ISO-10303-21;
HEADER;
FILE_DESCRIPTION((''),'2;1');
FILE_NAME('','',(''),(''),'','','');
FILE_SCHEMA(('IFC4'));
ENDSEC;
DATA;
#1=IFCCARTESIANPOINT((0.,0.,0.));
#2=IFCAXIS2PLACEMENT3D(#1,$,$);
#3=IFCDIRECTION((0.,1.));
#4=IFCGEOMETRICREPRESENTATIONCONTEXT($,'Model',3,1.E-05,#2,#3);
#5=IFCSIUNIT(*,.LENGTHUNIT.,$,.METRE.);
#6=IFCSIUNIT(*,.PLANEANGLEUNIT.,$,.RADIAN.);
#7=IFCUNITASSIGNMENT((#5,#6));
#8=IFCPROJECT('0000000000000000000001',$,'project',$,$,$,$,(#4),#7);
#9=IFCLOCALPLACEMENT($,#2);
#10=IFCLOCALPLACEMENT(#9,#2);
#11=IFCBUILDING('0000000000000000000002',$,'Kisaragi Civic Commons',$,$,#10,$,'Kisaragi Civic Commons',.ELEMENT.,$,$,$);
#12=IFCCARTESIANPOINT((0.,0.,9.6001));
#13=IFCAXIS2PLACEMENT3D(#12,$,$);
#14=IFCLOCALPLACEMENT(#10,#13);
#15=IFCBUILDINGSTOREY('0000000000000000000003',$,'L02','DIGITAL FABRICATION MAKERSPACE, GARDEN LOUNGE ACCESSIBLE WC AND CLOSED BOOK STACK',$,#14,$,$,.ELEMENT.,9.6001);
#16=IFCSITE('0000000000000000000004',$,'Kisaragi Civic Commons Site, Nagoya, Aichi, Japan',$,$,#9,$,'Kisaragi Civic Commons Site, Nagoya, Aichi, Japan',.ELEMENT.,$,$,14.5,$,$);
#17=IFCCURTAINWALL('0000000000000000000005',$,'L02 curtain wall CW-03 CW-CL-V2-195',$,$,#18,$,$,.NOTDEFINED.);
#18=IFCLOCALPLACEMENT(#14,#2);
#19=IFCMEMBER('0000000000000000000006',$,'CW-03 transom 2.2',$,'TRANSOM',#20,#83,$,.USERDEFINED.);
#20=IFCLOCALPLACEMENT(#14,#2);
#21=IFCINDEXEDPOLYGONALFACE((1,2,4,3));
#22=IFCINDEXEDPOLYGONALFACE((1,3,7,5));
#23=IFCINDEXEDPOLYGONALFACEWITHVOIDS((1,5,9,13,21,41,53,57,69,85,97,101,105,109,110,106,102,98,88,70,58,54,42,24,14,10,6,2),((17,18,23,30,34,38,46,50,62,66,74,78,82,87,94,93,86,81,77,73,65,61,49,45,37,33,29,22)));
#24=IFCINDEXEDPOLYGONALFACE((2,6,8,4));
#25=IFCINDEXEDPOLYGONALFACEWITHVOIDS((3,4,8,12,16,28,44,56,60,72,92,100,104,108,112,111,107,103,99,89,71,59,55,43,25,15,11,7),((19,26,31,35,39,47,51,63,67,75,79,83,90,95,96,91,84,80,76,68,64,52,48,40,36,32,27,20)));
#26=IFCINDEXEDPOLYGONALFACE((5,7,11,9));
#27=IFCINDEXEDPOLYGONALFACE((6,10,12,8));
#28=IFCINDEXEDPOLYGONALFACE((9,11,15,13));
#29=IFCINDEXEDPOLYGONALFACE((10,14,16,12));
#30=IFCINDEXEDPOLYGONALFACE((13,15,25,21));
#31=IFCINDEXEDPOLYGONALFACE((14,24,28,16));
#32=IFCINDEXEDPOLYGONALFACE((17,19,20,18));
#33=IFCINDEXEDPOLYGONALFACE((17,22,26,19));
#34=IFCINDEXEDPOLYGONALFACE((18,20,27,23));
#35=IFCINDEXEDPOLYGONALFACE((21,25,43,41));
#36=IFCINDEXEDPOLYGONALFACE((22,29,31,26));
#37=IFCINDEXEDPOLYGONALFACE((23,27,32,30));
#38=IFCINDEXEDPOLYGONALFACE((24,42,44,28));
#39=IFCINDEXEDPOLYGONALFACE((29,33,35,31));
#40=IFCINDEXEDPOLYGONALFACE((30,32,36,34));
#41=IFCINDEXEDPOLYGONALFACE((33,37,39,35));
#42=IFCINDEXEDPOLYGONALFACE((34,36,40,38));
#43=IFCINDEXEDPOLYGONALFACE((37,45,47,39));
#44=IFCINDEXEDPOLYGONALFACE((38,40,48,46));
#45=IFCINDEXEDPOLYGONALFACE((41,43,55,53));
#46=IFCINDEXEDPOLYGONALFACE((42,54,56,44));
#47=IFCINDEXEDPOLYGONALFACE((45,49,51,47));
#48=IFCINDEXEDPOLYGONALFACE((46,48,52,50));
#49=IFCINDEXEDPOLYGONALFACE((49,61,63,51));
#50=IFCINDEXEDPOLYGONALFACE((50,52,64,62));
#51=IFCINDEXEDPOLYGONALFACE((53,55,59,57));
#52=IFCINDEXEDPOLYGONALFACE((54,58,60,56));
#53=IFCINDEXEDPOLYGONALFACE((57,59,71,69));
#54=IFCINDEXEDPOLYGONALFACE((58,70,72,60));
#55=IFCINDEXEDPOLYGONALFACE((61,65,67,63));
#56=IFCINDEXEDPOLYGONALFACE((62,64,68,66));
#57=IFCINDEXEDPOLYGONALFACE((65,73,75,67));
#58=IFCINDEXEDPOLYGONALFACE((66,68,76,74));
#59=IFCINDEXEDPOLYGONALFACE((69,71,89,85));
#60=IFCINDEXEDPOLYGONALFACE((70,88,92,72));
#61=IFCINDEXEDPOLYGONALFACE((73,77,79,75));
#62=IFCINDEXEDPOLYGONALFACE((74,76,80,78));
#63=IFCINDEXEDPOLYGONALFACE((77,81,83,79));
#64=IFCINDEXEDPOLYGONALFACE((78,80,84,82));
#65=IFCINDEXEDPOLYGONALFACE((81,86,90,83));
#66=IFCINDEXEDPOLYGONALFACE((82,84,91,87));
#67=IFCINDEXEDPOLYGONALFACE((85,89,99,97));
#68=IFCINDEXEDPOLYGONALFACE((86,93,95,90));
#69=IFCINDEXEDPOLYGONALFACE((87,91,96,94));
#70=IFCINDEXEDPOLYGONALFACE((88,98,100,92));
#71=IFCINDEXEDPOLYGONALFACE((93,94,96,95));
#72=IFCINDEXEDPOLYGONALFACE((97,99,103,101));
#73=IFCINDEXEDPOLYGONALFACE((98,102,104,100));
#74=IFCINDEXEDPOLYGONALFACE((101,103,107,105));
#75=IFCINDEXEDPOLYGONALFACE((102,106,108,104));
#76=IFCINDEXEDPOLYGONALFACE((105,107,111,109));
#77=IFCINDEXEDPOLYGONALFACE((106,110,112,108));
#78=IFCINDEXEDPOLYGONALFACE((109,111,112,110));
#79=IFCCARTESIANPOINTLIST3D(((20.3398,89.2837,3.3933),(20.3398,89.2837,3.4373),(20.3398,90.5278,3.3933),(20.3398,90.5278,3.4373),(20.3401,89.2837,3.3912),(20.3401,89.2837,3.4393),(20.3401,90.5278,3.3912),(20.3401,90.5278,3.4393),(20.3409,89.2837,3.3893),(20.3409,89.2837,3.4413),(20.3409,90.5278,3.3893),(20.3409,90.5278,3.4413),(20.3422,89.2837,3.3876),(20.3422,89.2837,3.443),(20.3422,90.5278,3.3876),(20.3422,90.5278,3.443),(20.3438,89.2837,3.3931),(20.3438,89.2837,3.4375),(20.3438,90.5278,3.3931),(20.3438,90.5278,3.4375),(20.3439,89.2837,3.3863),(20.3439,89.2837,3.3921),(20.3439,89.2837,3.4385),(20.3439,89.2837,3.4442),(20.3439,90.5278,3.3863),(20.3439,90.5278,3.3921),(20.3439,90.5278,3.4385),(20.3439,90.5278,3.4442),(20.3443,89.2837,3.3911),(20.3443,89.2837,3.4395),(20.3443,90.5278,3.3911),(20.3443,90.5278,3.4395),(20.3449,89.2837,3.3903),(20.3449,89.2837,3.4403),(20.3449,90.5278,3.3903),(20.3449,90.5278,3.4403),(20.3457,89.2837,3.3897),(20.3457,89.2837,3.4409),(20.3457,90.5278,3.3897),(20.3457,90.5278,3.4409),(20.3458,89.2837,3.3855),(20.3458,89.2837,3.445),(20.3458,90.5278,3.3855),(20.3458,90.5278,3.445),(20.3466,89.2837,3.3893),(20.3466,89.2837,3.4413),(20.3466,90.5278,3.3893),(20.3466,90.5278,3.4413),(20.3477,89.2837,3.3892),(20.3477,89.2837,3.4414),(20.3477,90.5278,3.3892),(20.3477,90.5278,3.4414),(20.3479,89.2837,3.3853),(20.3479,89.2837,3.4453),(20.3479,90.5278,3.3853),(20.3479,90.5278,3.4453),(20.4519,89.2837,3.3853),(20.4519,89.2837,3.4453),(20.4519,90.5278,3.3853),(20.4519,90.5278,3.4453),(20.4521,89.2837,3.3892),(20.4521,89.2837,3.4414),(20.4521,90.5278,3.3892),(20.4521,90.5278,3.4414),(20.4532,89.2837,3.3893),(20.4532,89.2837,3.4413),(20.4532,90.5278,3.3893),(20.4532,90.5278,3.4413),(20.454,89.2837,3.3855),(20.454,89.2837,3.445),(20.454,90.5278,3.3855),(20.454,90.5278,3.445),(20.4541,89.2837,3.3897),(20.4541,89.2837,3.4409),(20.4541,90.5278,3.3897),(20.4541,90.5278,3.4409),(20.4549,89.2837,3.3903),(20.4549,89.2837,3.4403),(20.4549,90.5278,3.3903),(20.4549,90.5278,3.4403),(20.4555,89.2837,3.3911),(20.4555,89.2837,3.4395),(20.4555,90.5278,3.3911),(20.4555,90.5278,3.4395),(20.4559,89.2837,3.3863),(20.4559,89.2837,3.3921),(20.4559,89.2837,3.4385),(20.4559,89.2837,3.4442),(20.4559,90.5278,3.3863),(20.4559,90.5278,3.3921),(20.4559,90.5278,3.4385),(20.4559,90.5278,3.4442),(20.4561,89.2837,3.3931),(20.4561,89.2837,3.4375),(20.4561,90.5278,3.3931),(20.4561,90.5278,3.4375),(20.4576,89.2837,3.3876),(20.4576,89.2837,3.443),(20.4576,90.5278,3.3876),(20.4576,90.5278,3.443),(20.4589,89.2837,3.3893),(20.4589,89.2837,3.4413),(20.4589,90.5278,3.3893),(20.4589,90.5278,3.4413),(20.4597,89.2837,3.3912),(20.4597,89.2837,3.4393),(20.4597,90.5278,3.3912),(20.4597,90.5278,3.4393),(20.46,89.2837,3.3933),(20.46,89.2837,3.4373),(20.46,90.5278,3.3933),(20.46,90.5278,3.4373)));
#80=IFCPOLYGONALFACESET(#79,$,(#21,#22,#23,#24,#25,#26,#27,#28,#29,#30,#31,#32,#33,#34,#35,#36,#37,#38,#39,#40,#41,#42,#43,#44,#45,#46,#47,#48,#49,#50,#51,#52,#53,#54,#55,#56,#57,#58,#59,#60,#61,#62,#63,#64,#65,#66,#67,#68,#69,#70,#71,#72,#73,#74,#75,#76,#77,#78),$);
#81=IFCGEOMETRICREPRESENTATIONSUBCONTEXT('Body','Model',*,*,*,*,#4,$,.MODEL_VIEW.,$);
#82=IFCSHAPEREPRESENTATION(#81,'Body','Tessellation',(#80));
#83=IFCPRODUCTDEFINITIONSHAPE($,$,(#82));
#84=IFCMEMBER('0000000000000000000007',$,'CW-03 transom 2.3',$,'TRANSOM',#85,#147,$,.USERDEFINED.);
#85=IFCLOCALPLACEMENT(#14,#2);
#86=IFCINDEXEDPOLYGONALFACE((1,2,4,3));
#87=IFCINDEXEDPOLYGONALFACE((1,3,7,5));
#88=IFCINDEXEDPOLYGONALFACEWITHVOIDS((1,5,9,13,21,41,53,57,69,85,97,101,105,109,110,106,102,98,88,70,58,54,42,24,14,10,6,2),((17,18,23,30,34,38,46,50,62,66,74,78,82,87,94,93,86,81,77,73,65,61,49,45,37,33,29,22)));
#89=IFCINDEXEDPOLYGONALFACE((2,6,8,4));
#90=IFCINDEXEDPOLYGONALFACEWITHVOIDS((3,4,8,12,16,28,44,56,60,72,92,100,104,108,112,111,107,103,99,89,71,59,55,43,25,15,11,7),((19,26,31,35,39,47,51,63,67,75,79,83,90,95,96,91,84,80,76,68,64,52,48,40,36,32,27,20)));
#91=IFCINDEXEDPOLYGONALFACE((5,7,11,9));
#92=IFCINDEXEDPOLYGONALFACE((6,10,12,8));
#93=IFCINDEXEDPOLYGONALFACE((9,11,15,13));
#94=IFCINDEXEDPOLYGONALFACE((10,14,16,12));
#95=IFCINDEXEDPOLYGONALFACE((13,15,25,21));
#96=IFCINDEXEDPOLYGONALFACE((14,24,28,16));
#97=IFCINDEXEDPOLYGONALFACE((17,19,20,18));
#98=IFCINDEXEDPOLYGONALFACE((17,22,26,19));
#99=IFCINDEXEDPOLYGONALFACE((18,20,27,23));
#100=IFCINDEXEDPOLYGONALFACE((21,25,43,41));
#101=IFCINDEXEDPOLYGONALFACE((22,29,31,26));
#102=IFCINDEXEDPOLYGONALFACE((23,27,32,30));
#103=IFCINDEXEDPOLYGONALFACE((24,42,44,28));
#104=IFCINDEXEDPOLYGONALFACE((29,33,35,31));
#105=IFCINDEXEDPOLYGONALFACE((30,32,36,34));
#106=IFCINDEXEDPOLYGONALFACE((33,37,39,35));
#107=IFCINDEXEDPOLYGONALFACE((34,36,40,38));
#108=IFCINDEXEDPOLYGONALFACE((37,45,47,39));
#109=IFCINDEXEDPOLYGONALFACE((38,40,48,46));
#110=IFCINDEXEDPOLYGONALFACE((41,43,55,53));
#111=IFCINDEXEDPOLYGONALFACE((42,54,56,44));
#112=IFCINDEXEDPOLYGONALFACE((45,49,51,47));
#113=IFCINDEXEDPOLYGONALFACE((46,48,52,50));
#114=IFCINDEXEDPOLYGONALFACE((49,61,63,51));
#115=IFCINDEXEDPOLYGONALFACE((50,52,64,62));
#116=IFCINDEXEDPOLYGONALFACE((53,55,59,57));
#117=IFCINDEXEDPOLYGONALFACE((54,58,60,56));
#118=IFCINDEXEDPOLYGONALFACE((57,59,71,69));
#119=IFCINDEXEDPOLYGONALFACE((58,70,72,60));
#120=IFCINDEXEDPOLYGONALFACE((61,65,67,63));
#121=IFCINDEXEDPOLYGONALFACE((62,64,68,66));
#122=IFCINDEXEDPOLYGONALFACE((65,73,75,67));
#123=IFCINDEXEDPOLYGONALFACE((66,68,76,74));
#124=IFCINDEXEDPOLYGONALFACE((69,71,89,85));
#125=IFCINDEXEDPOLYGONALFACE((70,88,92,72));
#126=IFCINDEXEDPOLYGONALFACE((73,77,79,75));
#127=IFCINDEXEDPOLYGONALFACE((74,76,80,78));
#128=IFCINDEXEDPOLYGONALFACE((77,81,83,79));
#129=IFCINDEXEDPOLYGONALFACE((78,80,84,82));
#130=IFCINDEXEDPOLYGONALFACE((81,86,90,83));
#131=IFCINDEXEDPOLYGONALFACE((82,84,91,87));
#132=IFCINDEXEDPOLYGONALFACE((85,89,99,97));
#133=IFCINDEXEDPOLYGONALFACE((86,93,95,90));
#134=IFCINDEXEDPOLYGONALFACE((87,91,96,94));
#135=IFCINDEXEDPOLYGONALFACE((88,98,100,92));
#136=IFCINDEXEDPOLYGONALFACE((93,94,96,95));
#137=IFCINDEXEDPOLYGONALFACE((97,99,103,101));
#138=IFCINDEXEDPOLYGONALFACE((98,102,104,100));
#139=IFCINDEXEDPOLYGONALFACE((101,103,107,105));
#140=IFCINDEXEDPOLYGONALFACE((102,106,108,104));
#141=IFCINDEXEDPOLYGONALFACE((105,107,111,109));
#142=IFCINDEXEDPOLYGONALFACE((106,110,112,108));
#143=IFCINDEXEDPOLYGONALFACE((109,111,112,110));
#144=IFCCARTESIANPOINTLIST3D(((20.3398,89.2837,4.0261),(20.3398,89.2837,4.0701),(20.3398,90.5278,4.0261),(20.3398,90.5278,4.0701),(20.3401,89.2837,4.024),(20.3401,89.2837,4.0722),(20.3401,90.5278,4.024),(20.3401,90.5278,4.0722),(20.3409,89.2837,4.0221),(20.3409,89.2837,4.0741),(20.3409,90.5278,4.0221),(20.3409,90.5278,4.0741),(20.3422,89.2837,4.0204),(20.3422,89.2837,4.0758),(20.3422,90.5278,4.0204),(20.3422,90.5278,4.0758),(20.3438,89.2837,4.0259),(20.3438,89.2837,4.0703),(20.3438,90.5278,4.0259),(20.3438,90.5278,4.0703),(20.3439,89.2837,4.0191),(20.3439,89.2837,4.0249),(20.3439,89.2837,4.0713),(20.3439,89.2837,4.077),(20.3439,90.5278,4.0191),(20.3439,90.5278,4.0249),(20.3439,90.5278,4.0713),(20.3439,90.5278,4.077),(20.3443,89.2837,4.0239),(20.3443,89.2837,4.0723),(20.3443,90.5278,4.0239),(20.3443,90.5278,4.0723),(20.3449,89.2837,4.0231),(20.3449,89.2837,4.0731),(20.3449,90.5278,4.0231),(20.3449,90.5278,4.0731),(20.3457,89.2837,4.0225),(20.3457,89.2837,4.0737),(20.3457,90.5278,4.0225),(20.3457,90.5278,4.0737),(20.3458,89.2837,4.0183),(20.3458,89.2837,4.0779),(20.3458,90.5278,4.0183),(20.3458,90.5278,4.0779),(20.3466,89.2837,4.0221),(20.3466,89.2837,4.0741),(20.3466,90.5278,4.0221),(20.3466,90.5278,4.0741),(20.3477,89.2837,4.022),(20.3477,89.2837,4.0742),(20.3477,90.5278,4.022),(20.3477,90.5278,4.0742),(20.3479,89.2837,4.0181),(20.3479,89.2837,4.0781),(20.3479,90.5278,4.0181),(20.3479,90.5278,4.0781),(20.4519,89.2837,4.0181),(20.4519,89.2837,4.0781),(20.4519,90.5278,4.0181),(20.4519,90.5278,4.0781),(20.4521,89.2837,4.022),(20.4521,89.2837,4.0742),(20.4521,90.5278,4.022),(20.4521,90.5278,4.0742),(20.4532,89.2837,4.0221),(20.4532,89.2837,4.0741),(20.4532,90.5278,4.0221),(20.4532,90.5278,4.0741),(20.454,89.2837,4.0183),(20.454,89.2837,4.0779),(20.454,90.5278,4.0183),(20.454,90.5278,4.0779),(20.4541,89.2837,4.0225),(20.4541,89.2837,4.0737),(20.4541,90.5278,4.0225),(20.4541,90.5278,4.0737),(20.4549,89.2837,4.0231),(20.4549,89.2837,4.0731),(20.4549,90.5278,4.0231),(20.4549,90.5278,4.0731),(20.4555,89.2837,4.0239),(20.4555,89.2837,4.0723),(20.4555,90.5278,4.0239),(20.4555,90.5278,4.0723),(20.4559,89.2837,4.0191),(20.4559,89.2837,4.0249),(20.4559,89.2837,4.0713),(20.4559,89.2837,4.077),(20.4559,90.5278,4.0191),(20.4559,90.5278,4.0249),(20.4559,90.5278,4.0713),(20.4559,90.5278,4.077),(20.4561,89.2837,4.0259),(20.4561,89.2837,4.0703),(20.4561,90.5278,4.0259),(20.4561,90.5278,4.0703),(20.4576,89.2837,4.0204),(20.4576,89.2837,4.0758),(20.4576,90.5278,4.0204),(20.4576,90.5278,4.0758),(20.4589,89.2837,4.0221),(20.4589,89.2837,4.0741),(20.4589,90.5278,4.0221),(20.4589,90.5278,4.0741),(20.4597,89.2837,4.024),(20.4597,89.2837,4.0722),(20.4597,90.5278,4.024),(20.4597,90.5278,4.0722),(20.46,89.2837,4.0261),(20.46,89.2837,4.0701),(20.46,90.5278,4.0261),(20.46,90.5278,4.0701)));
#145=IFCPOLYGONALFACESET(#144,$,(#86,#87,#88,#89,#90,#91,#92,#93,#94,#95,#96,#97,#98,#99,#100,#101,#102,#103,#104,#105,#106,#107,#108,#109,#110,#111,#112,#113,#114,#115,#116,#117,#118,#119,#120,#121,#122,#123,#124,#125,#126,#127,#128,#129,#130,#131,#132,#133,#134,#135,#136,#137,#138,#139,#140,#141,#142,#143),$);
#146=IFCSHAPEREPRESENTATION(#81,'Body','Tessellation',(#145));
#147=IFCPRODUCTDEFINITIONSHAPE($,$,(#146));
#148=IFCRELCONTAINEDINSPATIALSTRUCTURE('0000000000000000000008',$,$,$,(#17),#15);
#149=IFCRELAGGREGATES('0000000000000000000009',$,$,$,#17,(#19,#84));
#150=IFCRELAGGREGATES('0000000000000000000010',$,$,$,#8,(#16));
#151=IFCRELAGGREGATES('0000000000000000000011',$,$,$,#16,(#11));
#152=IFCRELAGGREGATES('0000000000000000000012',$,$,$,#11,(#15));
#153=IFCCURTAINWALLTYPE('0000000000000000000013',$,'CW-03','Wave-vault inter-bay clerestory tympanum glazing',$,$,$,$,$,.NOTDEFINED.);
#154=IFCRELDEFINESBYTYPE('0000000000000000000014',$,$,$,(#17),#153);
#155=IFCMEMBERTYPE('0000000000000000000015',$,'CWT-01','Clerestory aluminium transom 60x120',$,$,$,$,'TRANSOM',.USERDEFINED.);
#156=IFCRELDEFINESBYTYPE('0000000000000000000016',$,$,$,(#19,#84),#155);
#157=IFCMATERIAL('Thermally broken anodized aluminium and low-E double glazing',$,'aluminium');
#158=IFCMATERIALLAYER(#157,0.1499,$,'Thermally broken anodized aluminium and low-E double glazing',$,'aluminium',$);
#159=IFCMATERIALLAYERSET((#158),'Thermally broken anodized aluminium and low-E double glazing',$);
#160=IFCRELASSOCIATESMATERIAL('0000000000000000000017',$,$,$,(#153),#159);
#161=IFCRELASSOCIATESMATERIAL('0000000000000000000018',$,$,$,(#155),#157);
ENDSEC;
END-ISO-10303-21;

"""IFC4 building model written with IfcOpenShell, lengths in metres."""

from ifc_helpers import new_model, si_unit, direction, frame, origin, origin_2d, place, context, subcontext, project, spatial, hollow_rectangle, extrude, material, layer, layer_set, material_profile, profile_set, type_object, element, aggregate, save


model = new_model("IFC4")

# Units and contexts
model_context = context("Model", 3, precision=1e-05, world=origin(), true_north=direction((0.0, 1.0)))
body_context = subcontext(model_context, "Body", "Model", "MODEL_VIEW")
ifc_project = project(units=[si_unit("LENGTHUNIT", "METRE"), si_unit("PLANEANGLEUNIT", "RADIAN")], contexts=[model_context])

# Site, building, storey
site_placement = place(None, origin())
site = spatial("IfcSite", under=ifc_project, at=site_placement, Name="Kisaragi Civic Commons Site, Nagoya, Aichi, Japan", LongName="Kisaragi Civic Commons Site, Nagoya, Aichi, Japan", CompositionType="ELEMENT", RefElevation=14.5)
building_placement = place(site_placement, origin())
building = spatial("IfcBuilding", under=site, at=building_placement, Name="Kisaragi Civic Commons", LongName="Kisaragi Civic Commons", CompositionType="ELEMENT")
storey_placement = place(building_placement, frame((0.0, 0.0, 9.6001)))
storey = spatial("IfcBuildingStorey", under=building, at=storey_placement, Name="L02", Description="DIGITAL FABRICATION MAKERSPACE, GARDEN LOUNGE ACCESSIBLE WC AND CLOSED BOOK STACK", CompositionType="ELEMENT", Elevation=9.6001)

# Curtain wall
ifc_material_1 = material(Name="Thermally broken anodized aluminium and low-E double glazing", Category="aluminium")
ifc_layer_1 = layer(ifc_material_1, 0.1499, Name="Thermally broken anodized aluminium and low-E double glazing", Category="aluminium")
ifc_layer_set_1 = layer_set([ifc_layer_1], Name="Thermally broken anodized aluminium and low-E double glazing")
curtain_wall_type = type_object("IfcCurtainWallType", Name="CW-03", Description="Wave-vault inter-bay clerestory tympanum glazing", PredefinedType="NOTDEFINED", material=ifc_layer_set_1)
curtain_wall_1_placement = place(storey_placement, origin())
curtain_wall_1 = element("IfcCurtainWall", 1, at=curtain_wall_1_placement, inside=storey, type_object=curtain_wall_type, Name="L02 curtain wall CW-03 CW-CL-V2-195", PredefinedType="NOTDEFINED")

# Members
ifc_material_profile_1 = material_profile(ifc_material_1, hollow_rectangle(XDim=0.1201, YDim=0.0601, WallThickness=0.0039, InnerFilletRadius=0.0039, OuterFilletRadius=0.0081, at=origin_2d()), Name="CWT-60x120x4", Category="aluminium")
ifc_profile_set_1 = profile_set([ifc_material_profile_1], Name="Thermally broken anodized aluminium and low-E double glazing")
member_type_1 = type_object("IfcMemberType", Name="CWT-01", Description="Clerestory aluminium transom 60x120", ElementType="TRANSOM", PredefinedType="USERDEFINED", material=ifc_profile_set_1)
member_1_placement = place(storey_placement, frame((20.3999, 89.2837, 3.4153), z_axis=(0.0, 1.0, 0.0), x_axis=(-1.0, 0.0, 0.0)))
member_1 = element("IfcMember", 2, at=member_1_placement, type_object=member_type_1, Name="CW-03 transom 2.2", ObjectType="TRANSOM", PredefinedType="USERDEFINED", context=body_context, shape_type="SweptSolid", body=[
    extrude(hollow_rectangle(XDim=0.1201, YDim=0.0601, WallThickness=0.0039, InnerFilletRadius=0.0039, OuterFilletRadius=0.0081, at=origin_2d()), origin(), (0.0, 0.0, 1.0), 1.2441),
])
member_2_placement = place(storey_placement, frame((20.3999, 89.2837, 4.0481), z_axis=(0.0, 1.0, 0.0), x_axis=(-1.0, 0.0, 0.0)))
member_2 = element("IfcMember", 3, at=member_2_placement, type_object=member_type_1, Name="CW-03 transom 2.3", ObjectType="TRANSOM", PredefinedType="USERDEFINED", context=body_context, shape_type="SweptSolid", body=[
    extrude(hollow_rectangle(XDim=0.1201, YDim=0.0601, WallThickness=0.0039, InnerFilletRadius=0.0039, OuterFilletRadius=0.0081, at=origin_2d()), origin(), (0.0, 0.0, 1.0), 1.2441),
])

aggregate(curtain_wall_1, [member_1, member_2])

save(model, "model.ifc")
